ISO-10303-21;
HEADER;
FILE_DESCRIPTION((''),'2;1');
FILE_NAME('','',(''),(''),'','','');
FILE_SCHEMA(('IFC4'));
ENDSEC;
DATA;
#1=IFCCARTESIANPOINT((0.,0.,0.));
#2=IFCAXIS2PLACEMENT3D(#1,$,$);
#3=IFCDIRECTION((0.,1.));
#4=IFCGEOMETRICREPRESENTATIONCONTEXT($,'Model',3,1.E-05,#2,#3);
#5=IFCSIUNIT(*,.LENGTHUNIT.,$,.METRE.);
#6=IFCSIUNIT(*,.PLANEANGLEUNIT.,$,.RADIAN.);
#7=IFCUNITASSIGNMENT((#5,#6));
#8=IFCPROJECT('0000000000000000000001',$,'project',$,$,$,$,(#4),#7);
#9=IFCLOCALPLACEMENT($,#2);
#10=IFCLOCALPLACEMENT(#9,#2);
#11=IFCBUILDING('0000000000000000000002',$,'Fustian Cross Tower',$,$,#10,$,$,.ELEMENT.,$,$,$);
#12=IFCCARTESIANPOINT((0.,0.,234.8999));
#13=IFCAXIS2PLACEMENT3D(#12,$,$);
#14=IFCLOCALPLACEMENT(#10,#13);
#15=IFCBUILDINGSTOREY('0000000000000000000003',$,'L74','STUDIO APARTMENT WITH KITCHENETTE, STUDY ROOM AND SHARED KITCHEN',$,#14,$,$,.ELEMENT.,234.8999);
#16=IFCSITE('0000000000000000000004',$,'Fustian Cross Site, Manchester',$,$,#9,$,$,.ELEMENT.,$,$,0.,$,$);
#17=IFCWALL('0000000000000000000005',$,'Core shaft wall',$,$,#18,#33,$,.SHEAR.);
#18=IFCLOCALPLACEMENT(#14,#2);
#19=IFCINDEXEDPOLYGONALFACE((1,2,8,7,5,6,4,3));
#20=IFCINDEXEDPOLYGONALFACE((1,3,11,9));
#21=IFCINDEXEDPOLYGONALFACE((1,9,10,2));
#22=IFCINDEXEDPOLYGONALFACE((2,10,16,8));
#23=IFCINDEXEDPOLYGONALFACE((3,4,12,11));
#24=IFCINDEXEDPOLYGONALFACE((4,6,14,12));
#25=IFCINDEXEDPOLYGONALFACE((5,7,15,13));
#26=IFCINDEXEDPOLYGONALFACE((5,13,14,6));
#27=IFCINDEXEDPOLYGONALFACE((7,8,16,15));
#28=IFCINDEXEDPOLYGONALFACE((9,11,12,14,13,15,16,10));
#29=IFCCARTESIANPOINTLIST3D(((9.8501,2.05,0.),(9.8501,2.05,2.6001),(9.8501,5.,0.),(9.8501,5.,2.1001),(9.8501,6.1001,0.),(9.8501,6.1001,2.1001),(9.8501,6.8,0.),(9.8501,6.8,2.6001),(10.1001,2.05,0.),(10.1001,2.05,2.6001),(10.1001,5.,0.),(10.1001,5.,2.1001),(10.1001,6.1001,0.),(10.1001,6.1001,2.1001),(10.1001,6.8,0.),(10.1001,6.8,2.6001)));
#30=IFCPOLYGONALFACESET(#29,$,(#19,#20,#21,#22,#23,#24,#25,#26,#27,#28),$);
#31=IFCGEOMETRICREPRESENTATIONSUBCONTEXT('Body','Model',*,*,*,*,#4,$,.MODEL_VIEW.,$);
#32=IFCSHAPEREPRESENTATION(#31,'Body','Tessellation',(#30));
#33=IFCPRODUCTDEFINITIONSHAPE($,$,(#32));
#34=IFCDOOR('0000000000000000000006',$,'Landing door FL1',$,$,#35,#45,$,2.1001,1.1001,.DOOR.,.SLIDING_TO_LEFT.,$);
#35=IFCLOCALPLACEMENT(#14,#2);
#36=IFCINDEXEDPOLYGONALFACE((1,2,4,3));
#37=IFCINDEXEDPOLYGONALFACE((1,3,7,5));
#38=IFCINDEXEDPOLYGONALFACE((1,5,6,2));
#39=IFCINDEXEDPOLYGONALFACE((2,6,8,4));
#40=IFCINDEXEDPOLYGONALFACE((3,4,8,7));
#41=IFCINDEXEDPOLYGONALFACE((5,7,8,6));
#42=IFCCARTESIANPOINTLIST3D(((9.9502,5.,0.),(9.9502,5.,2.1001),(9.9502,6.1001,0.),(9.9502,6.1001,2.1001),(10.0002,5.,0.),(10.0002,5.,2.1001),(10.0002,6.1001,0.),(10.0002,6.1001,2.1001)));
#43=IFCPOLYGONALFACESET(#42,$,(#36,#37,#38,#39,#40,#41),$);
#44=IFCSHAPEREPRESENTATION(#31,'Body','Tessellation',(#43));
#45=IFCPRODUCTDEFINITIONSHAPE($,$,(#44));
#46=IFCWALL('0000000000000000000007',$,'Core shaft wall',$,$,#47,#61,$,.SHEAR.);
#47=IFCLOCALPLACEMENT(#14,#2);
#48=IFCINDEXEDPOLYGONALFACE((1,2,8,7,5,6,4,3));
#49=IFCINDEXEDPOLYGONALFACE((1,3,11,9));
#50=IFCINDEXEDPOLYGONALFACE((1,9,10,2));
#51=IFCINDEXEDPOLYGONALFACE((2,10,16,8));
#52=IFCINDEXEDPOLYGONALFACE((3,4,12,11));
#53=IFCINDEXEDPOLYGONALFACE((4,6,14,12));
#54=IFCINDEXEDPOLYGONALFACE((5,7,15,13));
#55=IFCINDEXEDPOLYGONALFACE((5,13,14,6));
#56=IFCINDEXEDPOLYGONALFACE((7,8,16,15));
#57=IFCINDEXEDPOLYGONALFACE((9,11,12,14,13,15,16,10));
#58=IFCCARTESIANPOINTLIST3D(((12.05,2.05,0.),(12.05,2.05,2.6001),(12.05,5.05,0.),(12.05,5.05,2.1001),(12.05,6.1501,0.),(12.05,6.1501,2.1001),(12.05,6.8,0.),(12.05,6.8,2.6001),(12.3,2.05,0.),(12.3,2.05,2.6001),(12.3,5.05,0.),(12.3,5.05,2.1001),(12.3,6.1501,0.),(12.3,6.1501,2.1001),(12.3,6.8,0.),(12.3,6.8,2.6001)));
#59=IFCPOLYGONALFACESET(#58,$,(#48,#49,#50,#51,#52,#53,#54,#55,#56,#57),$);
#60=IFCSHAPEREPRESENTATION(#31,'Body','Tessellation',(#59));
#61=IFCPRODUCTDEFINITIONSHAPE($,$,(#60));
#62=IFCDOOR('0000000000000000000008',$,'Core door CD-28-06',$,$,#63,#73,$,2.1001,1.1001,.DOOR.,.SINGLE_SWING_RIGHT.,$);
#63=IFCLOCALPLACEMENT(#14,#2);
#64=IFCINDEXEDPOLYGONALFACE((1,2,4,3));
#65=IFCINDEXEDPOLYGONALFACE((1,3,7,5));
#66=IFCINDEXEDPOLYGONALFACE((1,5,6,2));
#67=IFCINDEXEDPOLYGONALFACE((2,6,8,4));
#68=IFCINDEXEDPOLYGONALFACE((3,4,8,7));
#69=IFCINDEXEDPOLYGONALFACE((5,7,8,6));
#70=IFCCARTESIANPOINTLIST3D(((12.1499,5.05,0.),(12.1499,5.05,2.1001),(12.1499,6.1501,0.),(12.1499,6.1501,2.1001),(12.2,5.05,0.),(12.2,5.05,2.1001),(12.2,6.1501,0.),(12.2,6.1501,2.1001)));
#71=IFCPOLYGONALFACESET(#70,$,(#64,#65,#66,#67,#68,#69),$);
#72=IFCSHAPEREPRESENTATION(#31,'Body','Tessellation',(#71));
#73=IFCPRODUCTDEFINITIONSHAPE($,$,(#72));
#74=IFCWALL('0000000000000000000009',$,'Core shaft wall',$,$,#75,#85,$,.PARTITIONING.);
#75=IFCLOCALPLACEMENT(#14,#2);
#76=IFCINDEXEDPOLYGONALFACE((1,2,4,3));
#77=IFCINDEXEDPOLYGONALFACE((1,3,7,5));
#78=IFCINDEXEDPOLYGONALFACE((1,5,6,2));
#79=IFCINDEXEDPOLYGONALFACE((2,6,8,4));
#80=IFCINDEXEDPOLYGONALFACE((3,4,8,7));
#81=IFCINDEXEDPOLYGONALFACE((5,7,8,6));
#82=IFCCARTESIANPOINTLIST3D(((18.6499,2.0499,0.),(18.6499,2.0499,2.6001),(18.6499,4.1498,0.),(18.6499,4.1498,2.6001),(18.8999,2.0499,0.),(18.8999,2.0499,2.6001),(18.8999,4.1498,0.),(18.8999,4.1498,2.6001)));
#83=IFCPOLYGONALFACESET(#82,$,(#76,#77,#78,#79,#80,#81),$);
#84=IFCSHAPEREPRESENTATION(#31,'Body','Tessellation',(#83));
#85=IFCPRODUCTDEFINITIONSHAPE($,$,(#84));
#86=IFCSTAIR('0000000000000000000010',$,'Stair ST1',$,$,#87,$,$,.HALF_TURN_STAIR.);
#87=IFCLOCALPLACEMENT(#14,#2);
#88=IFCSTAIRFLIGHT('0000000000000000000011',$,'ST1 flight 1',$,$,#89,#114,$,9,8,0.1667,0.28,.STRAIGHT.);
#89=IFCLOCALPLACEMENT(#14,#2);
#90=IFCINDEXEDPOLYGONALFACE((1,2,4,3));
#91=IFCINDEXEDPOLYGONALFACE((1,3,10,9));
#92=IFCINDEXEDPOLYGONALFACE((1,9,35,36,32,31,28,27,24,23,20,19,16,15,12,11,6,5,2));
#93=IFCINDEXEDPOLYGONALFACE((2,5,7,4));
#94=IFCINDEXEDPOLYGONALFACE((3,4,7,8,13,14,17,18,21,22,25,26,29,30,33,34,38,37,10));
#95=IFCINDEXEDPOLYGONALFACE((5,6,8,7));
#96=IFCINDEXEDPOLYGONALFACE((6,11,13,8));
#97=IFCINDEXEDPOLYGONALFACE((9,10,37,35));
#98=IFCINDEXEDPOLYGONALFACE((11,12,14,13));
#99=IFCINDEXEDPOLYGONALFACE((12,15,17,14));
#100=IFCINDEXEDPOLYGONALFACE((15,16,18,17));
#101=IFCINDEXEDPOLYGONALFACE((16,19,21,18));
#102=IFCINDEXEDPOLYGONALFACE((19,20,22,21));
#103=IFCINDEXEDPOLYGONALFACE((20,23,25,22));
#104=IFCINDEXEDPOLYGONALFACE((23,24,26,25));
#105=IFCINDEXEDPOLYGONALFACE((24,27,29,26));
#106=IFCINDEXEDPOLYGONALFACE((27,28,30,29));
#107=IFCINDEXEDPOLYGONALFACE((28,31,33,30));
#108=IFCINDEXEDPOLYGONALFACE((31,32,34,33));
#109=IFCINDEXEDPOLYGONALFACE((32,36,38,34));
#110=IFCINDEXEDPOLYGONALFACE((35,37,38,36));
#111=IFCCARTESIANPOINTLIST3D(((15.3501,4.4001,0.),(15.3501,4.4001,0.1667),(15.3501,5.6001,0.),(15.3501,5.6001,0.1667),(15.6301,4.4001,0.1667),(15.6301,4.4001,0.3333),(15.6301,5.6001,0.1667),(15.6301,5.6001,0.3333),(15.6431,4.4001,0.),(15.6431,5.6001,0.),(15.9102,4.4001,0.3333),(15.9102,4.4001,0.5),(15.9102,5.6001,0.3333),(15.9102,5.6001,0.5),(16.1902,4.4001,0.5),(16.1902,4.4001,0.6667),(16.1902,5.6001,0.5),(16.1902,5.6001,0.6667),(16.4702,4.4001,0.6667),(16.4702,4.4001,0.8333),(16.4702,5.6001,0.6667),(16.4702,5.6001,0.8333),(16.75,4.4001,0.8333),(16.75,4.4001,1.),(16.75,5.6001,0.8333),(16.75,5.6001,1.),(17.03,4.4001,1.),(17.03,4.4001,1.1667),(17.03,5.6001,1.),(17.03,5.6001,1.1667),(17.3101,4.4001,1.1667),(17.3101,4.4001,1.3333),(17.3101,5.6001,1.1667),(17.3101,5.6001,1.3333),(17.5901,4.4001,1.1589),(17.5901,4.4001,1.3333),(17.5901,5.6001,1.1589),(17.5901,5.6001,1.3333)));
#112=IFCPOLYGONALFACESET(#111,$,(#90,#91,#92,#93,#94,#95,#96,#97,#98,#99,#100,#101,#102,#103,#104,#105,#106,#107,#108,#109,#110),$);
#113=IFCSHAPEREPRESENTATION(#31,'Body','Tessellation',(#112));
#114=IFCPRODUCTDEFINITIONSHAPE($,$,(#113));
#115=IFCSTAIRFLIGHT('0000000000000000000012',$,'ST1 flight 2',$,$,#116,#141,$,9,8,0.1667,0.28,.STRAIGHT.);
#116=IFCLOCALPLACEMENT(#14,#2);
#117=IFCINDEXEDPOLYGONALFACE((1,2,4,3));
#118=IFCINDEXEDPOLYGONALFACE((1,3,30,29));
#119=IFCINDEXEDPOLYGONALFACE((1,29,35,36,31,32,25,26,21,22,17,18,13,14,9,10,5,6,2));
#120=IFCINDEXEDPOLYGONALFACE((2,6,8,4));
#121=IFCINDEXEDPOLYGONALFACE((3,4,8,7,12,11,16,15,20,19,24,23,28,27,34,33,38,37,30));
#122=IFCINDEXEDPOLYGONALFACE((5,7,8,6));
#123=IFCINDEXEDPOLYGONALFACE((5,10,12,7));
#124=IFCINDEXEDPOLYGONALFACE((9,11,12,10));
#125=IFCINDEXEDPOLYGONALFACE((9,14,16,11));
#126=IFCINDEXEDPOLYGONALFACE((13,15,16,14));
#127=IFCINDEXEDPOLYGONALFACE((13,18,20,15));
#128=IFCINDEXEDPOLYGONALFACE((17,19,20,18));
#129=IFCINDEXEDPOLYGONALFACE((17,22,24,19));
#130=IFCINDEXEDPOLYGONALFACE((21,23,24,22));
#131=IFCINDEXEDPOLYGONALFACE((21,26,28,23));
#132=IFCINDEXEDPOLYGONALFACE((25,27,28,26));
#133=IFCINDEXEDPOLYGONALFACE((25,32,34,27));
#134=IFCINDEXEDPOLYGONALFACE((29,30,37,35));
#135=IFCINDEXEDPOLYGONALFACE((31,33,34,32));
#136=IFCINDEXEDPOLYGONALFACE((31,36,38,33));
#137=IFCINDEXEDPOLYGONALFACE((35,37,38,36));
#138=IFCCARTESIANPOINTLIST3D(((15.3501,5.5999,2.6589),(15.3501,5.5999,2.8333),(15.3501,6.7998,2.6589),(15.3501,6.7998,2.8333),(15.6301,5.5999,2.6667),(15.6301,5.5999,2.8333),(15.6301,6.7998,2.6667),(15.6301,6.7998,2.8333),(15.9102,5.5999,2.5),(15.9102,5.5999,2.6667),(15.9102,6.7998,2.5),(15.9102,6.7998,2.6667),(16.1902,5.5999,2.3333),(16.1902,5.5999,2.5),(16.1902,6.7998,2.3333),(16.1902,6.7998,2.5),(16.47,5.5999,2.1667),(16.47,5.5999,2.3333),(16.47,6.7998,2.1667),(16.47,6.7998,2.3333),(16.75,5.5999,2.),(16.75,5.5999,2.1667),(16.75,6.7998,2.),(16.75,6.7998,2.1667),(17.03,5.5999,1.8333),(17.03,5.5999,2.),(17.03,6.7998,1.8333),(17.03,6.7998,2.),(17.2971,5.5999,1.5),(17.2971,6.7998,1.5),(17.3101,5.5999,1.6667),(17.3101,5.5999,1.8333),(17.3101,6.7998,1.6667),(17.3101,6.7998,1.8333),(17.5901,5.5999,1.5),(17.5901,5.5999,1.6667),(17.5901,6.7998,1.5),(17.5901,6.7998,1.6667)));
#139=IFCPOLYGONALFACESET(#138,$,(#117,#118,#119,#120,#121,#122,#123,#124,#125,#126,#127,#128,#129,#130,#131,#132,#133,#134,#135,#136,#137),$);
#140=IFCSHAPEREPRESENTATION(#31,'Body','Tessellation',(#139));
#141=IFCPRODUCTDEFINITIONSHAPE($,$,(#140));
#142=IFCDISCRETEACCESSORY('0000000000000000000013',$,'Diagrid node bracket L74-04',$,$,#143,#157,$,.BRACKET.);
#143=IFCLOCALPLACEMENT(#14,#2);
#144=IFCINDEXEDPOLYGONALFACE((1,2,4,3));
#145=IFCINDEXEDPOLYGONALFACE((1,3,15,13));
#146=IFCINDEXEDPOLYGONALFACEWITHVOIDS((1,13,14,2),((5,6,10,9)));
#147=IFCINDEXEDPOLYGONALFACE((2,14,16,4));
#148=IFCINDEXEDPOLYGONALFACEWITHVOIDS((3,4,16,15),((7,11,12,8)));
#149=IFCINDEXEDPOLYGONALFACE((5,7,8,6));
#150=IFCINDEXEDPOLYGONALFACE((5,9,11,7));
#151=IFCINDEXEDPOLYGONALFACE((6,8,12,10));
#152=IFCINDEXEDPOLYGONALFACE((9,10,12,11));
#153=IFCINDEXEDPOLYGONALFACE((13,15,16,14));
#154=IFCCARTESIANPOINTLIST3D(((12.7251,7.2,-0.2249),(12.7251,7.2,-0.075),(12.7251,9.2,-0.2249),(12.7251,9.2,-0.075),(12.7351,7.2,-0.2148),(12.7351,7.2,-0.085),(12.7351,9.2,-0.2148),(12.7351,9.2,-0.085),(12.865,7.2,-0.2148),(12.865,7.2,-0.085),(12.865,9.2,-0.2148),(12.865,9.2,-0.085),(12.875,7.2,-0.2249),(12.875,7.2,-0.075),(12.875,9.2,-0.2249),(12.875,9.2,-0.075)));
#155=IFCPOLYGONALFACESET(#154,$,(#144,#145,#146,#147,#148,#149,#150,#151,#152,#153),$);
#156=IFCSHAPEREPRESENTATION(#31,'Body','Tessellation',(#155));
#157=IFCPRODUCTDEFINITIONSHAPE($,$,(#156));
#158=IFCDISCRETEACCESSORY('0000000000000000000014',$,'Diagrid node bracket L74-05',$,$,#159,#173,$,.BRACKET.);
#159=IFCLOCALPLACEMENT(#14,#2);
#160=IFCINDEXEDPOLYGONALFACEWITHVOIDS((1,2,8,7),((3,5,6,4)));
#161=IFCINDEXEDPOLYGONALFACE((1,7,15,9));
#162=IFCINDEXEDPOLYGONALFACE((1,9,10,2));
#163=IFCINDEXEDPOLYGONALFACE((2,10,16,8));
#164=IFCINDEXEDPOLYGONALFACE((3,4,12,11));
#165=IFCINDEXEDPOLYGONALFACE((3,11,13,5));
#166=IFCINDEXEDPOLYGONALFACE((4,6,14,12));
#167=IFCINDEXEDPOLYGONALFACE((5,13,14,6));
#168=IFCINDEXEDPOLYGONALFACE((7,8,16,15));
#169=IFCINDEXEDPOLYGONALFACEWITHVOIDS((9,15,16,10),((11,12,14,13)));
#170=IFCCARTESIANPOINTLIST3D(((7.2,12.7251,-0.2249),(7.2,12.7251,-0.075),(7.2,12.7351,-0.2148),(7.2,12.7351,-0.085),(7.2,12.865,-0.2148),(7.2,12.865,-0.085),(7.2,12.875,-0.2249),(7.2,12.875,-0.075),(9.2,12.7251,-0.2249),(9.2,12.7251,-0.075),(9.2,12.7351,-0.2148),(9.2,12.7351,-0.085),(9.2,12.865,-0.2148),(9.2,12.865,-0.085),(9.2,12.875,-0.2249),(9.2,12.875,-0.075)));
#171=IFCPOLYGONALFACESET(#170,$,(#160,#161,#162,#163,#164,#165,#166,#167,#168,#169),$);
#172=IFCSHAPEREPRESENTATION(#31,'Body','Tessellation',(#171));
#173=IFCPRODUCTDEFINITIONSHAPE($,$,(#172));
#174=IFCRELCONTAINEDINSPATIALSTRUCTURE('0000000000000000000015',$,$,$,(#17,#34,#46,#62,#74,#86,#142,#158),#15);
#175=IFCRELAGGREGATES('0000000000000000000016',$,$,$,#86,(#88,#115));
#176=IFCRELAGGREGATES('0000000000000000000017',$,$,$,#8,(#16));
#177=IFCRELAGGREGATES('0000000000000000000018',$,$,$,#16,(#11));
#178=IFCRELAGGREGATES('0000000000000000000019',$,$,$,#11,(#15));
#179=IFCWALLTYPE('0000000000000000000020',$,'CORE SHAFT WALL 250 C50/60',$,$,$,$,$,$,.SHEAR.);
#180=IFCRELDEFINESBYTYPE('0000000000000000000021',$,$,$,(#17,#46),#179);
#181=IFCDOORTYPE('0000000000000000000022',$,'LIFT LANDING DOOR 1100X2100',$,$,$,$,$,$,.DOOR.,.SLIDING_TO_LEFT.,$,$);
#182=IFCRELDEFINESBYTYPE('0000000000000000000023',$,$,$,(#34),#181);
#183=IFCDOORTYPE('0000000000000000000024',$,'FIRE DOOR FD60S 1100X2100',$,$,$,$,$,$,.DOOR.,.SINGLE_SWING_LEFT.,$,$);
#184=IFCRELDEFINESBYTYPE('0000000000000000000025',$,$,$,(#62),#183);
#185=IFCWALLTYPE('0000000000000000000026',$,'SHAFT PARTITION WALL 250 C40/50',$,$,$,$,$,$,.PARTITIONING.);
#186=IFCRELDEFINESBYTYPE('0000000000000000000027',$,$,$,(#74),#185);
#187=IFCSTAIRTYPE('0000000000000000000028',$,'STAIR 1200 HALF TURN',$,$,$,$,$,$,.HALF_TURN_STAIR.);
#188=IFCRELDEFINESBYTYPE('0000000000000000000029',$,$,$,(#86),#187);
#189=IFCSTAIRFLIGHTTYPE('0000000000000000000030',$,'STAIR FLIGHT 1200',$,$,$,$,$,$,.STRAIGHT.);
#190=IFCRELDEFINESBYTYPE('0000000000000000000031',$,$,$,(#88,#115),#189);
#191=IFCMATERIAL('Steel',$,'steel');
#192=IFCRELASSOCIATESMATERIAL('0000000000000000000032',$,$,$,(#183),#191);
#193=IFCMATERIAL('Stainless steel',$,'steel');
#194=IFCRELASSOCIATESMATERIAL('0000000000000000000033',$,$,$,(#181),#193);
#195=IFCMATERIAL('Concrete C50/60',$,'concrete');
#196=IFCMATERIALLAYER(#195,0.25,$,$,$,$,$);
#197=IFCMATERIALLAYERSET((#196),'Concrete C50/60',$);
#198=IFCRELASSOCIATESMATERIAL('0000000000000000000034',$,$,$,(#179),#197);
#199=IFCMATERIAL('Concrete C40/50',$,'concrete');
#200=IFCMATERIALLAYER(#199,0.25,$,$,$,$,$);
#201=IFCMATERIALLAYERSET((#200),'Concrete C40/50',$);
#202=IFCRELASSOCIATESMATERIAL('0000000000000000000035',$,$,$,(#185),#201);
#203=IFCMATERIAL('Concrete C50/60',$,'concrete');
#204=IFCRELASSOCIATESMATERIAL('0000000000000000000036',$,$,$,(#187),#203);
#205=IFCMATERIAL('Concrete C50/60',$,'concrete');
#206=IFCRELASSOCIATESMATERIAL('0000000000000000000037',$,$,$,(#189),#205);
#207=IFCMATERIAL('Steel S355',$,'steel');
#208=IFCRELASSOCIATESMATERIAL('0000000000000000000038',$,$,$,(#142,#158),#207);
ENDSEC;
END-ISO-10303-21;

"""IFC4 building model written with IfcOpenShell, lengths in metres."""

from ifc_helpers import new_model, si_unit, direction, frame, frame_2d, origin, origin_2d, place, context, subcontext, project, spatial, polyline, rectangle, hollow_rectangle, outline, extrude, material, layer, layer_set, type_object, element, fill, aggregate, save


model = new_model("IFC4")

# Units and contexts
model_context = context("Model", 3, precision=1e-05, world=origin(), true_north=direction((0.0, 1.0)))
body_context = subcontext(model_context, "Body", "Model", "MODEL_VIEW")
ifc_project = project(units=[si_unit("LENGTHUNIT", "METRE"), si_unit("PLANEANGLEUNIT", "RADIAN")], contexts=[model_context])

# Site, building, storey
site_placement = place(None, origin())
site = spatial("IfcSite", under=ifc_project, at=site_placement, Name="Fustian Cross Site, Manchester", CompositionType="ELEMENT", RefElevation=0.0)
building_placement = place(site_placement, origin())
building = spatial("IfcBuilding", under=site, at=building_placement, Name="Fustian Cross Tower", CompositionType="ELEMENT")
storey_placement = place(building_placement, frame((0.0, 0.0, 234.8999)))
storey = spatial("IfcBuildingStorey", under=building, at=storey_placement, Name="L74", Description="STUDIO APARTMENT WITH KITCHENETTE, STUDY ROOM AND SHARED KITCHEN", CompositionType="ELEMENT", Elevation=234.8999)

# Shared definitions
ifc_material_1 = material(Name="Steel", Category="steel")
door_type_1 = type_object("IfcDoorType", Name="FIRE DOOR FD60S 1100X2100", OperationType="SINGLE_SWING_LEFT", PredefinedType="DOOR", material=ifc_material_1)
ifc_material_2 = material(Name="Stainless steel", Category="steel")
door_type_2 = type_object("IfcDoorType", Name="LIFT LANDING DOOR 1100X2100", OperationType="SLIDING_TO_LEFT", PredefinedType="DOOR", material=ifc_material_2)

# Shared definitions
ifc_material_3 = material(Name="Concrete C50/60", Category="concrete")
ifc_layer_1 = layer(ifc_material_3, 0.25)
ifc_layer_set_1 = layer_set([ifc_layer_1], Name="Concrete C50/60")
wall_type_1 = type_object("IfcWallType", Name="CORE SHAFT WALL 250 C50/60", PredefinedType="SHEAR", material=ifc_layer_set_1)

# Walls, openings, doors
wall_1_placement = place(storey_placement, frame((9.9751, 2.05, 0.0), z_axis=(0.0, 0.0, 1.0), x_axis=(0.0, 1.0, 0.0)))
wall_1 = element("IfcWall", 1, at=wall_1_placement, inside=storey, type_object=wall_type_1, Name="Core shaft wall", PredefinedType="SHEAR", context=body_context, shape_type="SweptSolid", body=[
    extrude(rectangle(XDim=4.75, YDim=0.25, at=frame_2d((2.375, 0.0))), origin(), (0.0, 0.0, 1.0), 2.6001),
])
opening_1_placement = place(wall_1_placement, frame((2.95, 0.0, 0.0)))
opening_1 = element("IfcOpeningElement", 2, at=opening_1_placement, cuts=wall_1, PredefinedType="OPENING", context=body_context, shape_type="SweptSolid", body=[
    extrude(rectangle(XDim=1.1001, YDim=2.1001, at=frame_2d((0.55, 1.05))), frame((0.0, 0.135, 0.0), z_axis=(0.0, -1.0, 0.0), x_axis=(1.0, 0.0, 0.0)), (0.0, 0.0, 1.0), 0.27),
])
door_1_placement = place(opening_1_placement, origin())
door_1 = element("IfcDoor", 3, at=door_1_placement, inside=storey, type_object=door_type_2, Name="Landing door FL1", OperationType="SLIDING_TO_LEFT", OverallHeight=2.1001, OverallWidth=1.1001, PredefinedType="DOOR", context=body_context, shape_type="SweptSolid", body=[
    extrude(rectangle(XDim=1.1001, YDim=2.1001, at=frame_2d((0.55, 1.05))), frame((0.0, 0.0249, 0.0), z_axis=(0.0, -1.0, 0.0), x_axis=(1.0, 0.0, 0.0)), (0.0, 0.0, 1.0), 0.05),
])
fill(opening_1, door_1)
wall_2_placement = place(storey_placement, frame((12.175, 2.05, 0.0), z_axis=(0.0, 0.0, 1.0), x_axis=(0.0, 1.0, 0.0)))
wall_2 = element("IfcWall", 4, at=wall_2_placement, inside=storey, type_object=wall_type_1, Name="Core shaft wall", PredefinedType="SHEAR", context=body_context, shape_type="SweptSolid", body=[
    extrude(rectangle(XDim=4.75, YDim=0.25, at=frame_2d((2.375, 0.0))), origin(), (0.0, 0.0, 1.0), 2.6001),
])
opening_2_placement = place(wall_2_placement, frame((3.0, 0.0, 0.0)))
opening_2 = element("IfcOpeningElement", 5, at=opening_2_placement, cuts=wall_2, PredefinedType="OPENING", context=body_context, shape_type="SweptSolid", body=[
    extrude(rectangle(XDim=1.1001, YDim=2.1001, at=frame_2d((0.55, 1.05))), frame((0.0, 0.135, 0.0), z_axis=(0.0, -1.0, 0.0), x_axis=(1.0, 0.0, 0.0)), (0.0, 0.0, 1.0), 0.27),
])
door_2_placement = place(opening_2_placement, frame((1.1001, 0.0, 0.0), z_axis=(0.0, 0.0, 1.0), x_axis=(-1.0, 0.0, 0.0)))
door_2 = element("IfcDoor", 6, at=door_2_placement, inside=storey, type_object=door_type_1, Name="Core door CD-28-06", OperationType="SINGLE_SWING_RIGHT", OverallHeight=2.1001, OverallWidth=1.1001, PredefinedType="DOOR", context=body_context, shape_type="SweptSolid", body=[
    extrude(rectangle(XDim=1.1001, YDim=2.1001, at=frame_2d((0.55, 1.05))), frame((0.0, 0.0249, 0.0), z_axis=(0.0, -1.0, 0.0), x_axis=(1.0, 0.0, 0.0)), (0.0, 0.0, 1.0), 0.05),
])
fill(opening_2, door_2)

# Wall
ifc_material_4 = material(Name="Concrete C40/50", Category="concrete")
ifc_layer_2 = layer(ifc_material_4, 0.25)
ifc_layer_set_2 = layer_set([ifc_layer_2], Name="Concrete C40/50")
wall_type_2 = type_object("IfcWallType", Name="SHAFT PARTITION WALL 250 C40/50", PredefinedType="PARTITIONING", material=ifc_layer_set_2)
wall_3_placement = place(storey_placement, frame((18.7749, 2.05, 0.0), z_axis=(0.0, 0.0, 1.0), x_axis=(0.0, 1.0, 0.0)))
element("IfcWall", 7, at=wall_3_placement, inside=storey, type_object=wall_type_2, Name="Core shaft wall", PredefinedType="PARTITIONING", context=body_context, shape_type="SweptSolid", body=[
    extrude(rectangle(XDim=2.0999, YDim=0.25, at=frame_2d((1.0498, 0.0))), origin(), (0.0, 0.0, 1.0), 2.6001),
])

# Stair, stair flights
ifc_material_5 = material(Name="Concrete C50/60", Category="concrete")
stair_type = type_object("IfcStairType", Name="STAIR 1200 HALF TURN", PredefinedType="HALF_TURN_STAIR", material=ifc_material_5)
stair_placement = place(storey_placement, origin())
stair = element("IfcStair", 8, at=stair_placement, inside=storey, type_object=stair_type, Name="Stair ST1", PredefinedType="HALF_TURN_STAIR")
ifc_material_6 = material(Name="Concrete C50/60", Category="concrete")
stair_flight_type = type_object("IfcStairFlightType", Name="STAIR FLIGHT 1200", PredefinedType="STRAIGHT", material=ifc_material_6)
stair_flight_1_placement = place(storey_placement, frame((15.3501, 5.0, 0.0), z_axis=(0.0, 0.0, 1.0), x_axis=(1.0, 0.0, 0.0)))
stair_flight_1 = element("IfcStairFlight", 9, at=stair_flight_1_placement, type_object=stair_flight_type, Name="ST1 flight 1", NumberOfRisers=9, NumberOfTreads=8, PredefinedType="STRAIGHT", RiserHeight=0.1667, TreadLength=0.28, context=body_context, shape_type="SweptSolid", body=[
    extrude(outline(polyline([(0.0, 0.0), (0.0, 0.1667), (0.28, 0.1667), (0.28, 0.3333), (0.5601, 0.3333), (0.5601, 0.5), (0.8401, 0.5), (0.8401, 0.6667), (1.1201, 0.6667), (1.1201, 0.8333), (1.3999, 0.8333), (1.3999, 1.0), (1.6799, 1.0), (1.6799, 1.1667), (1.96, 1.1667), (1.96, 1.3333), (2.24, 1.3333), (2.24, 1.5), (2.24, 1.1589), (0.293, 0.0), (0.0, 0.0)])), frame((0.0, 0.6001, 0.0), z_axis=(0.0, -1.0, 0.0), x_axis=(1.0, 0.0, 0.0)), (0.0, 0.0, 1.0), 1.2),
])
stair_flight_2_placement = place(storey_placement, frame((17.5901, 6.2, 1.5), z_axis=(0.0, 0.0, 1.0), x_axis=(-1.0, 0.0, 0.0)))
stair_flight_2 = element("IfcStairFlight", 10, at=stair_flight_2_placement, type_object=stair_flight_type, Name="ST1 flight 2", NumberOfRisers=9, NumberOfTreads=8, PredefinedType="STRAIGHT", RiserHeight=0.1667, TreadLength=0.28, context=body_context, shape_type="SweptSolid", body=[
    extrude(outline(polyline([(0.0, 0.0), (0.0, 0.1667), (0.28, 0.1667), (0.28, 0.3333), (0.5601, 0.3333), (0.5601, 0.5), (0.8401, 0.5), (0.8401, 0.6667), (1.1201, 0.6667), (1.1201, 0.8333), (1.3999, 0.8333), (1.3999, 1.0), (1.6799, 1.0), (1.6799, 1.1667), (1.96, 1.1667), (1.96, 1.3333), (2.24, 1.3333), (2.24, 1.5), (2.24, 1.1589), (0.293, 0.0), (0.0, 0.0)])), frame((0.0, 0.6001, 0.0), z_axis=(0.0, -1.0, 0.0), x_axis=(1.0, 0.0, 0.0)), (0.0, 0.0, 1.0), 1.2),
])
aggregate(stair, [stair_flight_1, stair_flight_2])

# Discrete accessories
ifc_material_7 = material(Name="Steel S355", Category="steel")
for number, where, z_axis, x_axis, name in (
    (11, (12.8, 9.2, -0.1499), (0.0, -1.0, 0.0), (1.0, 0.0, 0.0), "Diagrid node bracket L74-04"),
    (12, (9.2, 12.8, -0.1499), (-1.0, 0.0, 0.0), (0.0, -1.0, 0.0), "Diagrid node bracket L74-05"),
):
    element("IfcDiscreteAccessory", number, at=place(storey_placement, frame(where, z_axis=z_axis, x_axis=x_axis)), inside=storey, material=ifc_material_7, Name=name, PredefinedType="BRACKET", context=body_context, shape_type="SweptSolid", body=[
        extrude(hollow_rectangle(XDim=0.1499, YDim=0.1499, WallThickness=0.01, at=origin_2d()), origin(), (0.0, 0.0, 1.0), 2.0),
    ])

save(model, "model.ifc")
